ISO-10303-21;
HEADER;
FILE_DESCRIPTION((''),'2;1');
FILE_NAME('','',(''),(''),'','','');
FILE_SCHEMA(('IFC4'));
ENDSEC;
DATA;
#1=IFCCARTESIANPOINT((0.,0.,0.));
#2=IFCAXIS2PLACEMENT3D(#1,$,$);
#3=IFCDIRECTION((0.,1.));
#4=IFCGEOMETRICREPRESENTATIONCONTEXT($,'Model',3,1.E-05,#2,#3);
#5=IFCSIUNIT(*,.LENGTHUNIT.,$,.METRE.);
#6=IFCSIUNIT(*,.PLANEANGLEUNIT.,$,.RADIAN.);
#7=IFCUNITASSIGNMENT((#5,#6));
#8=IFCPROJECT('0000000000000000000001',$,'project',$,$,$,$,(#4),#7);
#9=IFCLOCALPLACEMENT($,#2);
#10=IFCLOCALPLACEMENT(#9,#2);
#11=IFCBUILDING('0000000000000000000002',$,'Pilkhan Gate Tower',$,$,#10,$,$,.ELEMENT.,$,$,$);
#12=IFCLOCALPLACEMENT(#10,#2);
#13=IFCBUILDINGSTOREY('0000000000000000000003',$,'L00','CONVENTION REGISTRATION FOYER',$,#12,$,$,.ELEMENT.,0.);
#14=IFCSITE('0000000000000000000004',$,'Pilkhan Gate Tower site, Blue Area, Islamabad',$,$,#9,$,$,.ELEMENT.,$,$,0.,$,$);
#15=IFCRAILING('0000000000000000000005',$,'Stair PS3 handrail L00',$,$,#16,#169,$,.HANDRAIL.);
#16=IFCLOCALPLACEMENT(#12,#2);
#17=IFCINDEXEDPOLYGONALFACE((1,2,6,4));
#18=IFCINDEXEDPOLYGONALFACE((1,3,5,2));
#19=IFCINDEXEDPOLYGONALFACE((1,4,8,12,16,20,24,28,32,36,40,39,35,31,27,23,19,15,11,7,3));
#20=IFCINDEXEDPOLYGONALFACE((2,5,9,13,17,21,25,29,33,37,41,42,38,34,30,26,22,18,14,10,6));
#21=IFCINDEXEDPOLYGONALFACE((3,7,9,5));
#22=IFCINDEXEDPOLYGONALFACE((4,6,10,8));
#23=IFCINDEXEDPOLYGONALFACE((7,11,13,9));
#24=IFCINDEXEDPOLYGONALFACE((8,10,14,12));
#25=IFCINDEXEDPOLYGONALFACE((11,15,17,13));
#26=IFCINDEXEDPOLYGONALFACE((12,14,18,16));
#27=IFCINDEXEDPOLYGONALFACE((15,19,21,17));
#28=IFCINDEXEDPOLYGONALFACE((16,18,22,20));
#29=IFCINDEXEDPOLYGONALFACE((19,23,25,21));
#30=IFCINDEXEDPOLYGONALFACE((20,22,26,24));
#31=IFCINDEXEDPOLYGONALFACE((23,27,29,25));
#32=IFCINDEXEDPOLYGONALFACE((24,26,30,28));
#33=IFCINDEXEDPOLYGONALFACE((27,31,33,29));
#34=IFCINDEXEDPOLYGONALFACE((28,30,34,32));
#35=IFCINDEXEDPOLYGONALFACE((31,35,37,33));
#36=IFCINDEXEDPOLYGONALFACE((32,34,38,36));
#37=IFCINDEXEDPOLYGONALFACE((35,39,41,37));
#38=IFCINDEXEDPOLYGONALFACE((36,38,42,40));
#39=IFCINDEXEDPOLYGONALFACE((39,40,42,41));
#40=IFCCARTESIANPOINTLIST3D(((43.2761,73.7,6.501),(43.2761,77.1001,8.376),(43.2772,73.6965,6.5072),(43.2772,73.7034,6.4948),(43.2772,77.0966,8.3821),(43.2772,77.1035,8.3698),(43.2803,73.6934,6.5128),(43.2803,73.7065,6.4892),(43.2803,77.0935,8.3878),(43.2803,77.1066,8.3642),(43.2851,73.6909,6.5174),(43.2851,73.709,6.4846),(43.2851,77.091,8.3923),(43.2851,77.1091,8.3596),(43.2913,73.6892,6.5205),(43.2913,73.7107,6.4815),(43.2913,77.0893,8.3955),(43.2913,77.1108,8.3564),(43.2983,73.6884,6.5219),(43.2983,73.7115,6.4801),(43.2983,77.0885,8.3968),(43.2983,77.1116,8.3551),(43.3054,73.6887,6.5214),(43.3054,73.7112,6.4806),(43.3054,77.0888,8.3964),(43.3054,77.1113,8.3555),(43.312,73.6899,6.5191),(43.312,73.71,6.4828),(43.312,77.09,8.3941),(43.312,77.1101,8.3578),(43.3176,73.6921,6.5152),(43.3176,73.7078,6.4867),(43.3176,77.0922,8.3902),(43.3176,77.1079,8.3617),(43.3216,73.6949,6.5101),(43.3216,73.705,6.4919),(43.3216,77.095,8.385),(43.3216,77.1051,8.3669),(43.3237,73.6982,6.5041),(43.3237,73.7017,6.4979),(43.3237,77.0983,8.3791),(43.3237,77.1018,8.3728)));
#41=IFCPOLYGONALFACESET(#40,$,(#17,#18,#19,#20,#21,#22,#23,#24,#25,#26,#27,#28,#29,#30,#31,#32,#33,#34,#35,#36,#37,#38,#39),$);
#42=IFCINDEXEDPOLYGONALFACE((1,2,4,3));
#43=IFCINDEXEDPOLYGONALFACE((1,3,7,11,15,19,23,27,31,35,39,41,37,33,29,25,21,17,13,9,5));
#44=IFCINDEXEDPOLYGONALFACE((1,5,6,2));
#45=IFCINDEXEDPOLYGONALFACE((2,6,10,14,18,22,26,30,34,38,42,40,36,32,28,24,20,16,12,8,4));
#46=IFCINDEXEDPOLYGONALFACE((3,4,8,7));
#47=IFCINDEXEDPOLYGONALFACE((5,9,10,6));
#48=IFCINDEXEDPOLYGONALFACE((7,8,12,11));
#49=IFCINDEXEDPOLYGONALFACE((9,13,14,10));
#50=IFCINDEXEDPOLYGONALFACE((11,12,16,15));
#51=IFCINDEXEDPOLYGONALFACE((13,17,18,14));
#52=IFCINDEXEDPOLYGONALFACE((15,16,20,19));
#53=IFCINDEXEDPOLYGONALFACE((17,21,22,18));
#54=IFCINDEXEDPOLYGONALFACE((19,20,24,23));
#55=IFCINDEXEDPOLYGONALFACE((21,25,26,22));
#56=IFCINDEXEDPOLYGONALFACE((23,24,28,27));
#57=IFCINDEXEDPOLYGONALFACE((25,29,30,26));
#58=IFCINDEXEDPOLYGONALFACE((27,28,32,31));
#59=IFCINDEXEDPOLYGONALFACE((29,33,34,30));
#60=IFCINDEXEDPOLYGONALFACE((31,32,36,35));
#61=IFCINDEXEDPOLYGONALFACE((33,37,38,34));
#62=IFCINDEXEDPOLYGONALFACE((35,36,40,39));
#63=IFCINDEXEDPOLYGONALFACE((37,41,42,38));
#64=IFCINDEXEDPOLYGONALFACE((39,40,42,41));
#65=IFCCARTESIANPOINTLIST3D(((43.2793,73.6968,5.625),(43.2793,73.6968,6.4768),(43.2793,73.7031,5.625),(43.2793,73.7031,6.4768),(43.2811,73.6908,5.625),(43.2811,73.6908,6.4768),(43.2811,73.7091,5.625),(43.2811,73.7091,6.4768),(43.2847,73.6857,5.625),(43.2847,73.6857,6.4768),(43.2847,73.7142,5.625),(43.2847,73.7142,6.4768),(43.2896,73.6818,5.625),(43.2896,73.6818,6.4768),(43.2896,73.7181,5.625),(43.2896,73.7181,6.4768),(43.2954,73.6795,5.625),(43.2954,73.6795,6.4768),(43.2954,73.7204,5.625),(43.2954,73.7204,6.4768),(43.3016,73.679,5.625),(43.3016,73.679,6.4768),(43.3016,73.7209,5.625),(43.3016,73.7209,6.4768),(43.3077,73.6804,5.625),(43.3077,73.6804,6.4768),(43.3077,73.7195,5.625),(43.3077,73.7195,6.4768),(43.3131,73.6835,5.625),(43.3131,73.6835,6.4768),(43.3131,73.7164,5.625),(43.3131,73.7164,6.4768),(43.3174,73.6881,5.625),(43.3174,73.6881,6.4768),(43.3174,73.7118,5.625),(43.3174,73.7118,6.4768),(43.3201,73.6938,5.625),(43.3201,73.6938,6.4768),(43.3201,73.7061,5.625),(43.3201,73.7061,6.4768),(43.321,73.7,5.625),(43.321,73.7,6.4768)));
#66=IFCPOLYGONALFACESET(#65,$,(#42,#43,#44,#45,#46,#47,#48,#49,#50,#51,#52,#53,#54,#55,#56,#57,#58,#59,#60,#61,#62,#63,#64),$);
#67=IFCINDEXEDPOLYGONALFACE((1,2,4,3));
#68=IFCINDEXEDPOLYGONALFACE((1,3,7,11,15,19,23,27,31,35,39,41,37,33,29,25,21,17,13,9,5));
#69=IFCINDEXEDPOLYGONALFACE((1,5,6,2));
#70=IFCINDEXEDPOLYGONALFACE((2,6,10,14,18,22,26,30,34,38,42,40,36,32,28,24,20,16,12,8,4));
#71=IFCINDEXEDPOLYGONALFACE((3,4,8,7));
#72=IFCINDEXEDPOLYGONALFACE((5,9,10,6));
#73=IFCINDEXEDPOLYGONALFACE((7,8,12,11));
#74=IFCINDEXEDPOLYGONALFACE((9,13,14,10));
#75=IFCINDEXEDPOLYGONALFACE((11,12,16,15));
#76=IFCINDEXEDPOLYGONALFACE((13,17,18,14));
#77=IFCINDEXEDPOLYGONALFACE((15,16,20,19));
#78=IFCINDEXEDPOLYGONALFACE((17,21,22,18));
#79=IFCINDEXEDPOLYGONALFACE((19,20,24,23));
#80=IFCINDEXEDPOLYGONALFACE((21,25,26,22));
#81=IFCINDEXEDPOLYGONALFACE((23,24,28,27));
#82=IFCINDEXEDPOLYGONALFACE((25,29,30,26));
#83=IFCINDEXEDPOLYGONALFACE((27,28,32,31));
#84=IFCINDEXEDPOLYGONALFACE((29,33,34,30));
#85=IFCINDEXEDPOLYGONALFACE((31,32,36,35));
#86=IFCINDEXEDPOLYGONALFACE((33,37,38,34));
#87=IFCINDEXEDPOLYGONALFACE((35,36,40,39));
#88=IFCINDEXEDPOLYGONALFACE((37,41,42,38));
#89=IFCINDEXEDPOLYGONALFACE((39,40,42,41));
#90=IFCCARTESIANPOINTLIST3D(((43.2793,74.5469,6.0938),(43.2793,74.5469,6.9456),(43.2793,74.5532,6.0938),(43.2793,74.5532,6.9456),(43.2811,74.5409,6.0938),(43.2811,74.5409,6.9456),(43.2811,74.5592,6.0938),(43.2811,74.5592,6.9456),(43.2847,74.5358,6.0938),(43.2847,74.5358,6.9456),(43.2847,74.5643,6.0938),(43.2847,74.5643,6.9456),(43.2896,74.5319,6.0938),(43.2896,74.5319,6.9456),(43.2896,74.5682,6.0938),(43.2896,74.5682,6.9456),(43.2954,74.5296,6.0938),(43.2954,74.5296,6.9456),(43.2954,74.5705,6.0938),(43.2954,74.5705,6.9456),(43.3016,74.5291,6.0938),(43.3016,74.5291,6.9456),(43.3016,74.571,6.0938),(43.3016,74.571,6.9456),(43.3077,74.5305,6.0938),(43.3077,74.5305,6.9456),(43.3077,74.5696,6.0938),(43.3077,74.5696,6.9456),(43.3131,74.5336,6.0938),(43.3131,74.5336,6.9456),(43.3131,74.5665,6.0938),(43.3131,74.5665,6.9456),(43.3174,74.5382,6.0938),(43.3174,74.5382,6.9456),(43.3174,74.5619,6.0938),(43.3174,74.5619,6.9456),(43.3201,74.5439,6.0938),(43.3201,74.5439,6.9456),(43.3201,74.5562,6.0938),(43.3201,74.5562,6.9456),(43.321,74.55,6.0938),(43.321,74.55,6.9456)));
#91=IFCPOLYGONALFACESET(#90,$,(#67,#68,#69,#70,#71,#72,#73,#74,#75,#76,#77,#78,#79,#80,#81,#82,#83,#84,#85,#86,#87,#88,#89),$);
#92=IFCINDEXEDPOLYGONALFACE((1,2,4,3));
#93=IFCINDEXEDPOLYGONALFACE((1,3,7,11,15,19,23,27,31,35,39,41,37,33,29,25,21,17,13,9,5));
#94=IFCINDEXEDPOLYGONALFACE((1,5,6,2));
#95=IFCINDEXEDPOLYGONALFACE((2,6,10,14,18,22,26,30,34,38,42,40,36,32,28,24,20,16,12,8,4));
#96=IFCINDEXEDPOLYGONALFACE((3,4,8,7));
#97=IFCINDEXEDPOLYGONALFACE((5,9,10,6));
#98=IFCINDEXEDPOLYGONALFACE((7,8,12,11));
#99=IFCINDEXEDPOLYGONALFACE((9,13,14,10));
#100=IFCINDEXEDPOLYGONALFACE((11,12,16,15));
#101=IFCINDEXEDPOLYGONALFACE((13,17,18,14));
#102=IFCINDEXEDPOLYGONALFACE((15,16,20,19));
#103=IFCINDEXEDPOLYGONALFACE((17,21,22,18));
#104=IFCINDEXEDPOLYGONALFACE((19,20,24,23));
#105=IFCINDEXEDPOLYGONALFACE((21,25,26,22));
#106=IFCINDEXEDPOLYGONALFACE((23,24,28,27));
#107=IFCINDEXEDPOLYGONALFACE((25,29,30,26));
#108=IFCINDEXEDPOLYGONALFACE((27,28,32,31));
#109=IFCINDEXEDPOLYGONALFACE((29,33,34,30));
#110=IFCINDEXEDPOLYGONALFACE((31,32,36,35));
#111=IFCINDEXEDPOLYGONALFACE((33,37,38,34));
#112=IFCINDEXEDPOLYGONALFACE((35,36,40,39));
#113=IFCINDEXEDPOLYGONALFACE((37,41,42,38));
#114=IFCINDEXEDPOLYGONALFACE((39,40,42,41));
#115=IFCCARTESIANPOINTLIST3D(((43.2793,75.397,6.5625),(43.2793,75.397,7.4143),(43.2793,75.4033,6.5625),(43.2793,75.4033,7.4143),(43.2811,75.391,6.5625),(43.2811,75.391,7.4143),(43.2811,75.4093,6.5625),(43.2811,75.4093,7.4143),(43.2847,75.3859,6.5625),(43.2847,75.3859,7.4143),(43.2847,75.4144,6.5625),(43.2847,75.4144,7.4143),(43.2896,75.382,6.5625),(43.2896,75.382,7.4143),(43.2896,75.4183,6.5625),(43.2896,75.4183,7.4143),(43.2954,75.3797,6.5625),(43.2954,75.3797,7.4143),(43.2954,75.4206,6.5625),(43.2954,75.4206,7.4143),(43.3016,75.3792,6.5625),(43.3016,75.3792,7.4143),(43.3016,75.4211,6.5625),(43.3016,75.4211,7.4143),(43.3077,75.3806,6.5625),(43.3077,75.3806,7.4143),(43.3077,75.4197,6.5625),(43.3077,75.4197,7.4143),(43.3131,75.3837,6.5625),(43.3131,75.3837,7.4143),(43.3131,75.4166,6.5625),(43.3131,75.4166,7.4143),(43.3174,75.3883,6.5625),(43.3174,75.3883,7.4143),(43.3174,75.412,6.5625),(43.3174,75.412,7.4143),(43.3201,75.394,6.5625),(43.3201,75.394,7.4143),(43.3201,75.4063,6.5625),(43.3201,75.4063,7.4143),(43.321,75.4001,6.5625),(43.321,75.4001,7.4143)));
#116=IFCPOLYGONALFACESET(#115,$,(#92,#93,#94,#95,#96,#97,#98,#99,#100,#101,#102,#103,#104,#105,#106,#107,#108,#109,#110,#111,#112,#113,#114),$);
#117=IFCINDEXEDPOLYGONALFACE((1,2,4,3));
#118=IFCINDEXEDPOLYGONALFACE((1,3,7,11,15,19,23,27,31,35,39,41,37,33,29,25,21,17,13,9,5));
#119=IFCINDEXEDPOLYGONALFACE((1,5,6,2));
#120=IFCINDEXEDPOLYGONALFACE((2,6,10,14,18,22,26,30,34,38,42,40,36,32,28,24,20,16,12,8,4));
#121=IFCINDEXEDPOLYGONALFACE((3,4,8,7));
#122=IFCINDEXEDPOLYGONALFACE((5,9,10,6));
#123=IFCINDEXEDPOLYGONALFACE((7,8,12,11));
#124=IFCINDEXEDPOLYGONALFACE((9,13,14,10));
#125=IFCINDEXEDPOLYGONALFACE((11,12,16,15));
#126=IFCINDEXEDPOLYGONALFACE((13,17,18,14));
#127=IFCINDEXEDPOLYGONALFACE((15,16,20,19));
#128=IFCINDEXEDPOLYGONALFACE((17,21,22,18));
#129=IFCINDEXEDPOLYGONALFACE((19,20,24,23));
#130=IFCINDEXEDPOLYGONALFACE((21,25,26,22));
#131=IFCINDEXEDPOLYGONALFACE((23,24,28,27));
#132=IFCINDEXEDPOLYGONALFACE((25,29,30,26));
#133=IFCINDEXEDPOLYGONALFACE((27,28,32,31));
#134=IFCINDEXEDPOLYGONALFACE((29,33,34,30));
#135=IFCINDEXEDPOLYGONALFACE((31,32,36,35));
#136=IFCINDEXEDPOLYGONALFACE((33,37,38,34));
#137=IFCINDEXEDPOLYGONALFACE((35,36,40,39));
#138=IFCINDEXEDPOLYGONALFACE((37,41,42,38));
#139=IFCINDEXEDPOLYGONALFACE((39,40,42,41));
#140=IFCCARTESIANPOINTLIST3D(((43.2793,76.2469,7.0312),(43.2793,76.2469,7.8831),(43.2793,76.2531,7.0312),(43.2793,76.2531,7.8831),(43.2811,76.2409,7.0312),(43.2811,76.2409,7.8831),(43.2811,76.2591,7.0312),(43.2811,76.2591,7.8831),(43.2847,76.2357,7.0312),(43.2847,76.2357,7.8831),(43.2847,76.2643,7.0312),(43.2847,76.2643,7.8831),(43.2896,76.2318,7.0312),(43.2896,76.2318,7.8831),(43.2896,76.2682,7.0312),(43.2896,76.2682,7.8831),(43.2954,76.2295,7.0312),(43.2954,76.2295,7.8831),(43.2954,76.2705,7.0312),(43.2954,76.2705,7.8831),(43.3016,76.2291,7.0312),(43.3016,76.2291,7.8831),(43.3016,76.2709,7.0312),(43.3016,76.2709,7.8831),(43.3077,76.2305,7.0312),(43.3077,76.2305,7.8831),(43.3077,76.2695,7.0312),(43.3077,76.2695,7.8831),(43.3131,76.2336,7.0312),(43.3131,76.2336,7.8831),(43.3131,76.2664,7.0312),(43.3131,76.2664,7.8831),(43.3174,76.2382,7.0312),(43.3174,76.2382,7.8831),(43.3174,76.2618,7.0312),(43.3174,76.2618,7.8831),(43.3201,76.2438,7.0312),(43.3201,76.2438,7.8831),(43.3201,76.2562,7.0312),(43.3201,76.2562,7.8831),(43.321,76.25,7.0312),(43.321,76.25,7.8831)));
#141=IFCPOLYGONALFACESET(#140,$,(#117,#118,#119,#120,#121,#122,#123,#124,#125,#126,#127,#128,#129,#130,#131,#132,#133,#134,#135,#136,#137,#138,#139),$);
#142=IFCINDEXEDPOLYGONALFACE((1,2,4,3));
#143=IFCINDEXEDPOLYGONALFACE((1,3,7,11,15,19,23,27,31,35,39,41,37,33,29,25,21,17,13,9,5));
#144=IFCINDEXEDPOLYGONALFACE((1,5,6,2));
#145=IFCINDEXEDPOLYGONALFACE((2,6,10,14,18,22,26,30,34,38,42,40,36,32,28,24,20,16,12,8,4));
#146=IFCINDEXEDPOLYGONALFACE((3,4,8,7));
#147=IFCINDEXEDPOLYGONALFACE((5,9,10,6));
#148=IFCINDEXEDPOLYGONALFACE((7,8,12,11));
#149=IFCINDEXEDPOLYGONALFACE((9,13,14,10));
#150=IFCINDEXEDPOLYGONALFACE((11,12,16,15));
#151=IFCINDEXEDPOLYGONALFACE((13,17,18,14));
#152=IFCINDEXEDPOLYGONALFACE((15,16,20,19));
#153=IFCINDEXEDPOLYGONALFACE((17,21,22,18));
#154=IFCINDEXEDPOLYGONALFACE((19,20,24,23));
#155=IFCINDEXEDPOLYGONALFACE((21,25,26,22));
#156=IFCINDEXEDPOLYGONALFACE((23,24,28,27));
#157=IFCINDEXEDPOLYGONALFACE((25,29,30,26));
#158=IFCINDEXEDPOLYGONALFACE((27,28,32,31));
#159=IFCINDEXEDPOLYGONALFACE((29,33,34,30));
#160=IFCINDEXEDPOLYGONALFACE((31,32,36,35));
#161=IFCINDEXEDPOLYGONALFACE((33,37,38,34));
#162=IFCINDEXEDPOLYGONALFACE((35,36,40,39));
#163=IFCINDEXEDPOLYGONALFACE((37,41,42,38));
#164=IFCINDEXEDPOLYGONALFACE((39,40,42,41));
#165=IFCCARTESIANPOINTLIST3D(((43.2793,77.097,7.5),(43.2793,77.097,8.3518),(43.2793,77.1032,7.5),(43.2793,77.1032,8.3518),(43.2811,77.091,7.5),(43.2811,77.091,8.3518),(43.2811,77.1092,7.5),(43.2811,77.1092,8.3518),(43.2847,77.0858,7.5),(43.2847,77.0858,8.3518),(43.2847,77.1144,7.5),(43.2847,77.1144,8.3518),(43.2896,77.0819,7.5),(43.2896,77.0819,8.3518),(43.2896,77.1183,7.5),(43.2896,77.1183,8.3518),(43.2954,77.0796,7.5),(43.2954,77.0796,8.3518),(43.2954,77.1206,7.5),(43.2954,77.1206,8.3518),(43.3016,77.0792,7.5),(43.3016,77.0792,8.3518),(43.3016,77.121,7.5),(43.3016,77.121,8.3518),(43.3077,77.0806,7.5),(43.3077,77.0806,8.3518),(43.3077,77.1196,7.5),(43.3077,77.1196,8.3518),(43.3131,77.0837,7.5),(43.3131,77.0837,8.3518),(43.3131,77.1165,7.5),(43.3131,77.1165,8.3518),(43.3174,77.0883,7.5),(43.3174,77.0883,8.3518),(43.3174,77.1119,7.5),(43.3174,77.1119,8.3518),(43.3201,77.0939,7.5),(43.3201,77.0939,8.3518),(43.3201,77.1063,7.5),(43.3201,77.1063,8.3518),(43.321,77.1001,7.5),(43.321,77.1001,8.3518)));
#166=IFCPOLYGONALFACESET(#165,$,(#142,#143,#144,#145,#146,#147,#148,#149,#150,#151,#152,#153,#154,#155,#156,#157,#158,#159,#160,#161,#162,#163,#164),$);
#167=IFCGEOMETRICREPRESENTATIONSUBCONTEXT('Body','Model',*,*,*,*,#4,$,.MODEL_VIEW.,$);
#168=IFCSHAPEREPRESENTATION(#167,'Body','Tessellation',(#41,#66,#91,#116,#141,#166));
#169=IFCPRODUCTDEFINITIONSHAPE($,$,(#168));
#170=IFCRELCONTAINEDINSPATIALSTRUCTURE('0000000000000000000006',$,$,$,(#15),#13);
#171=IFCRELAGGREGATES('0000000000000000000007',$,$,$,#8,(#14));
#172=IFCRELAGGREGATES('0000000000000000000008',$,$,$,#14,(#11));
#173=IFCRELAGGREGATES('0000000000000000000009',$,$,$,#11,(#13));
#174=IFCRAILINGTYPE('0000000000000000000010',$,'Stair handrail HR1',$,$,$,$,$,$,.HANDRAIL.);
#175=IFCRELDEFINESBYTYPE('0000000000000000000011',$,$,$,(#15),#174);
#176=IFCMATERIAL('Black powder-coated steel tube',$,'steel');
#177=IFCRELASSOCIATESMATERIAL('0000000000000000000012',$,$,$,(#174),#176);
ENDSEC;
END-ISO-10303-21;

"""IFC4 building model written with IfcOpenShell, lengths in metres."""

from ifc_helpers import new_model, si_unit, direction, frame, origin, origin_2d, place, context, subcontext, project, spatial, circle, extrude, material, type_object, element, save


model = new_model("IFC4")

# Units and contexts
model_context = context("Model", 3, precision=1e-05, world=origin(), true_north=direction((0.0, 1.0)))
body_context = subcontext(model_context, "Body", "Model", "MODEL_VIEW")
ifc_project = project(units=[si_unit("LENGTHUNIT", "METRE"), si_unit("PLANEANGLEUNIT", "RADIAN")], contexts=[model_context])

# Site, building, storey
site_placement = place(None, origin())
site = spatial("IfcSite", under=ifc_project, at=site_placement, Name="Pilkhan Gate Tower site, Blue Area, Islamabad", CompositionType="ELEMENT", RefElevation=0.0)
building_placement = place(site_placement, origin())
building = spatial("IfcBuilding", under=site, at=building_placement, Name="Pilkhan Gate Tower", CompositionType="ELEMENT")
storey_placement = place(building_placement, origin())
storey = spatial("IfcBuildingStorey", under=building, at=storey_placement, Name="L00", Description="CONVENTION REGISTRATION FOYER", CompositionType="ELEMENT", Elevation=0.0)

# Railing
ifc_material_1 = material(Name="Black powder-coated steel tube", Category="steel")
railing_type_1 = type_object("IfcRailingType", Name="Stair handrail HR1", PredefinedType="HANDRAIL", material=ifc_material_1)
railing_1_placement = place(storey_placement, frame((43.3, 73.7, 5.625)))
element("IfcRailing", 1, at=railing_1_placement, inside=storey, type_object=railing_type_1, Name="Stair PS3 handrail L00", PredefinedType="HANDRAIL", context=body_context, shape_type="SweptSolid", body=[
    extrude(circle(Radius=0.0239, at=origin_2d()), frame((0.0, 0.0, 0.876), z_axis=(0.0, 0.87568, 0.482891), x_axis=(-1.0, 0.0, 0.0)), (0.0, 0.0, 1.0), 3.8828),
    extrude(circle(Radius=0.021, at=origin_2d()), origin(), (0.0, 0.0, 1.0), 0.8518),
    extrude(circle(Radius=0.021, at=origin_2d()), frame((0.0, 0.8501, 0.4688)), (0.0, 0.0, 1.0), 0.8518),
    extrude(circle(Radius=0.021, at=origin_2d()), frame((0.0, 1.7002, 0.9375)), (0.0, 0.0, 1.0), 0.8518),
    extrude(circle(Radius=0.021, at=origin_2d()), frame((0.0, 2.55, 1.4062)), (0.0, 0.0, 1.0), 0.8518),
    extrude(circle(Radius=0.021, at=origin_2d()), frame((0.0, 3.4001, 1.875)), (0.0, 0.0, 1.0), 0.8518),
])

save(model, "model.ifc")
